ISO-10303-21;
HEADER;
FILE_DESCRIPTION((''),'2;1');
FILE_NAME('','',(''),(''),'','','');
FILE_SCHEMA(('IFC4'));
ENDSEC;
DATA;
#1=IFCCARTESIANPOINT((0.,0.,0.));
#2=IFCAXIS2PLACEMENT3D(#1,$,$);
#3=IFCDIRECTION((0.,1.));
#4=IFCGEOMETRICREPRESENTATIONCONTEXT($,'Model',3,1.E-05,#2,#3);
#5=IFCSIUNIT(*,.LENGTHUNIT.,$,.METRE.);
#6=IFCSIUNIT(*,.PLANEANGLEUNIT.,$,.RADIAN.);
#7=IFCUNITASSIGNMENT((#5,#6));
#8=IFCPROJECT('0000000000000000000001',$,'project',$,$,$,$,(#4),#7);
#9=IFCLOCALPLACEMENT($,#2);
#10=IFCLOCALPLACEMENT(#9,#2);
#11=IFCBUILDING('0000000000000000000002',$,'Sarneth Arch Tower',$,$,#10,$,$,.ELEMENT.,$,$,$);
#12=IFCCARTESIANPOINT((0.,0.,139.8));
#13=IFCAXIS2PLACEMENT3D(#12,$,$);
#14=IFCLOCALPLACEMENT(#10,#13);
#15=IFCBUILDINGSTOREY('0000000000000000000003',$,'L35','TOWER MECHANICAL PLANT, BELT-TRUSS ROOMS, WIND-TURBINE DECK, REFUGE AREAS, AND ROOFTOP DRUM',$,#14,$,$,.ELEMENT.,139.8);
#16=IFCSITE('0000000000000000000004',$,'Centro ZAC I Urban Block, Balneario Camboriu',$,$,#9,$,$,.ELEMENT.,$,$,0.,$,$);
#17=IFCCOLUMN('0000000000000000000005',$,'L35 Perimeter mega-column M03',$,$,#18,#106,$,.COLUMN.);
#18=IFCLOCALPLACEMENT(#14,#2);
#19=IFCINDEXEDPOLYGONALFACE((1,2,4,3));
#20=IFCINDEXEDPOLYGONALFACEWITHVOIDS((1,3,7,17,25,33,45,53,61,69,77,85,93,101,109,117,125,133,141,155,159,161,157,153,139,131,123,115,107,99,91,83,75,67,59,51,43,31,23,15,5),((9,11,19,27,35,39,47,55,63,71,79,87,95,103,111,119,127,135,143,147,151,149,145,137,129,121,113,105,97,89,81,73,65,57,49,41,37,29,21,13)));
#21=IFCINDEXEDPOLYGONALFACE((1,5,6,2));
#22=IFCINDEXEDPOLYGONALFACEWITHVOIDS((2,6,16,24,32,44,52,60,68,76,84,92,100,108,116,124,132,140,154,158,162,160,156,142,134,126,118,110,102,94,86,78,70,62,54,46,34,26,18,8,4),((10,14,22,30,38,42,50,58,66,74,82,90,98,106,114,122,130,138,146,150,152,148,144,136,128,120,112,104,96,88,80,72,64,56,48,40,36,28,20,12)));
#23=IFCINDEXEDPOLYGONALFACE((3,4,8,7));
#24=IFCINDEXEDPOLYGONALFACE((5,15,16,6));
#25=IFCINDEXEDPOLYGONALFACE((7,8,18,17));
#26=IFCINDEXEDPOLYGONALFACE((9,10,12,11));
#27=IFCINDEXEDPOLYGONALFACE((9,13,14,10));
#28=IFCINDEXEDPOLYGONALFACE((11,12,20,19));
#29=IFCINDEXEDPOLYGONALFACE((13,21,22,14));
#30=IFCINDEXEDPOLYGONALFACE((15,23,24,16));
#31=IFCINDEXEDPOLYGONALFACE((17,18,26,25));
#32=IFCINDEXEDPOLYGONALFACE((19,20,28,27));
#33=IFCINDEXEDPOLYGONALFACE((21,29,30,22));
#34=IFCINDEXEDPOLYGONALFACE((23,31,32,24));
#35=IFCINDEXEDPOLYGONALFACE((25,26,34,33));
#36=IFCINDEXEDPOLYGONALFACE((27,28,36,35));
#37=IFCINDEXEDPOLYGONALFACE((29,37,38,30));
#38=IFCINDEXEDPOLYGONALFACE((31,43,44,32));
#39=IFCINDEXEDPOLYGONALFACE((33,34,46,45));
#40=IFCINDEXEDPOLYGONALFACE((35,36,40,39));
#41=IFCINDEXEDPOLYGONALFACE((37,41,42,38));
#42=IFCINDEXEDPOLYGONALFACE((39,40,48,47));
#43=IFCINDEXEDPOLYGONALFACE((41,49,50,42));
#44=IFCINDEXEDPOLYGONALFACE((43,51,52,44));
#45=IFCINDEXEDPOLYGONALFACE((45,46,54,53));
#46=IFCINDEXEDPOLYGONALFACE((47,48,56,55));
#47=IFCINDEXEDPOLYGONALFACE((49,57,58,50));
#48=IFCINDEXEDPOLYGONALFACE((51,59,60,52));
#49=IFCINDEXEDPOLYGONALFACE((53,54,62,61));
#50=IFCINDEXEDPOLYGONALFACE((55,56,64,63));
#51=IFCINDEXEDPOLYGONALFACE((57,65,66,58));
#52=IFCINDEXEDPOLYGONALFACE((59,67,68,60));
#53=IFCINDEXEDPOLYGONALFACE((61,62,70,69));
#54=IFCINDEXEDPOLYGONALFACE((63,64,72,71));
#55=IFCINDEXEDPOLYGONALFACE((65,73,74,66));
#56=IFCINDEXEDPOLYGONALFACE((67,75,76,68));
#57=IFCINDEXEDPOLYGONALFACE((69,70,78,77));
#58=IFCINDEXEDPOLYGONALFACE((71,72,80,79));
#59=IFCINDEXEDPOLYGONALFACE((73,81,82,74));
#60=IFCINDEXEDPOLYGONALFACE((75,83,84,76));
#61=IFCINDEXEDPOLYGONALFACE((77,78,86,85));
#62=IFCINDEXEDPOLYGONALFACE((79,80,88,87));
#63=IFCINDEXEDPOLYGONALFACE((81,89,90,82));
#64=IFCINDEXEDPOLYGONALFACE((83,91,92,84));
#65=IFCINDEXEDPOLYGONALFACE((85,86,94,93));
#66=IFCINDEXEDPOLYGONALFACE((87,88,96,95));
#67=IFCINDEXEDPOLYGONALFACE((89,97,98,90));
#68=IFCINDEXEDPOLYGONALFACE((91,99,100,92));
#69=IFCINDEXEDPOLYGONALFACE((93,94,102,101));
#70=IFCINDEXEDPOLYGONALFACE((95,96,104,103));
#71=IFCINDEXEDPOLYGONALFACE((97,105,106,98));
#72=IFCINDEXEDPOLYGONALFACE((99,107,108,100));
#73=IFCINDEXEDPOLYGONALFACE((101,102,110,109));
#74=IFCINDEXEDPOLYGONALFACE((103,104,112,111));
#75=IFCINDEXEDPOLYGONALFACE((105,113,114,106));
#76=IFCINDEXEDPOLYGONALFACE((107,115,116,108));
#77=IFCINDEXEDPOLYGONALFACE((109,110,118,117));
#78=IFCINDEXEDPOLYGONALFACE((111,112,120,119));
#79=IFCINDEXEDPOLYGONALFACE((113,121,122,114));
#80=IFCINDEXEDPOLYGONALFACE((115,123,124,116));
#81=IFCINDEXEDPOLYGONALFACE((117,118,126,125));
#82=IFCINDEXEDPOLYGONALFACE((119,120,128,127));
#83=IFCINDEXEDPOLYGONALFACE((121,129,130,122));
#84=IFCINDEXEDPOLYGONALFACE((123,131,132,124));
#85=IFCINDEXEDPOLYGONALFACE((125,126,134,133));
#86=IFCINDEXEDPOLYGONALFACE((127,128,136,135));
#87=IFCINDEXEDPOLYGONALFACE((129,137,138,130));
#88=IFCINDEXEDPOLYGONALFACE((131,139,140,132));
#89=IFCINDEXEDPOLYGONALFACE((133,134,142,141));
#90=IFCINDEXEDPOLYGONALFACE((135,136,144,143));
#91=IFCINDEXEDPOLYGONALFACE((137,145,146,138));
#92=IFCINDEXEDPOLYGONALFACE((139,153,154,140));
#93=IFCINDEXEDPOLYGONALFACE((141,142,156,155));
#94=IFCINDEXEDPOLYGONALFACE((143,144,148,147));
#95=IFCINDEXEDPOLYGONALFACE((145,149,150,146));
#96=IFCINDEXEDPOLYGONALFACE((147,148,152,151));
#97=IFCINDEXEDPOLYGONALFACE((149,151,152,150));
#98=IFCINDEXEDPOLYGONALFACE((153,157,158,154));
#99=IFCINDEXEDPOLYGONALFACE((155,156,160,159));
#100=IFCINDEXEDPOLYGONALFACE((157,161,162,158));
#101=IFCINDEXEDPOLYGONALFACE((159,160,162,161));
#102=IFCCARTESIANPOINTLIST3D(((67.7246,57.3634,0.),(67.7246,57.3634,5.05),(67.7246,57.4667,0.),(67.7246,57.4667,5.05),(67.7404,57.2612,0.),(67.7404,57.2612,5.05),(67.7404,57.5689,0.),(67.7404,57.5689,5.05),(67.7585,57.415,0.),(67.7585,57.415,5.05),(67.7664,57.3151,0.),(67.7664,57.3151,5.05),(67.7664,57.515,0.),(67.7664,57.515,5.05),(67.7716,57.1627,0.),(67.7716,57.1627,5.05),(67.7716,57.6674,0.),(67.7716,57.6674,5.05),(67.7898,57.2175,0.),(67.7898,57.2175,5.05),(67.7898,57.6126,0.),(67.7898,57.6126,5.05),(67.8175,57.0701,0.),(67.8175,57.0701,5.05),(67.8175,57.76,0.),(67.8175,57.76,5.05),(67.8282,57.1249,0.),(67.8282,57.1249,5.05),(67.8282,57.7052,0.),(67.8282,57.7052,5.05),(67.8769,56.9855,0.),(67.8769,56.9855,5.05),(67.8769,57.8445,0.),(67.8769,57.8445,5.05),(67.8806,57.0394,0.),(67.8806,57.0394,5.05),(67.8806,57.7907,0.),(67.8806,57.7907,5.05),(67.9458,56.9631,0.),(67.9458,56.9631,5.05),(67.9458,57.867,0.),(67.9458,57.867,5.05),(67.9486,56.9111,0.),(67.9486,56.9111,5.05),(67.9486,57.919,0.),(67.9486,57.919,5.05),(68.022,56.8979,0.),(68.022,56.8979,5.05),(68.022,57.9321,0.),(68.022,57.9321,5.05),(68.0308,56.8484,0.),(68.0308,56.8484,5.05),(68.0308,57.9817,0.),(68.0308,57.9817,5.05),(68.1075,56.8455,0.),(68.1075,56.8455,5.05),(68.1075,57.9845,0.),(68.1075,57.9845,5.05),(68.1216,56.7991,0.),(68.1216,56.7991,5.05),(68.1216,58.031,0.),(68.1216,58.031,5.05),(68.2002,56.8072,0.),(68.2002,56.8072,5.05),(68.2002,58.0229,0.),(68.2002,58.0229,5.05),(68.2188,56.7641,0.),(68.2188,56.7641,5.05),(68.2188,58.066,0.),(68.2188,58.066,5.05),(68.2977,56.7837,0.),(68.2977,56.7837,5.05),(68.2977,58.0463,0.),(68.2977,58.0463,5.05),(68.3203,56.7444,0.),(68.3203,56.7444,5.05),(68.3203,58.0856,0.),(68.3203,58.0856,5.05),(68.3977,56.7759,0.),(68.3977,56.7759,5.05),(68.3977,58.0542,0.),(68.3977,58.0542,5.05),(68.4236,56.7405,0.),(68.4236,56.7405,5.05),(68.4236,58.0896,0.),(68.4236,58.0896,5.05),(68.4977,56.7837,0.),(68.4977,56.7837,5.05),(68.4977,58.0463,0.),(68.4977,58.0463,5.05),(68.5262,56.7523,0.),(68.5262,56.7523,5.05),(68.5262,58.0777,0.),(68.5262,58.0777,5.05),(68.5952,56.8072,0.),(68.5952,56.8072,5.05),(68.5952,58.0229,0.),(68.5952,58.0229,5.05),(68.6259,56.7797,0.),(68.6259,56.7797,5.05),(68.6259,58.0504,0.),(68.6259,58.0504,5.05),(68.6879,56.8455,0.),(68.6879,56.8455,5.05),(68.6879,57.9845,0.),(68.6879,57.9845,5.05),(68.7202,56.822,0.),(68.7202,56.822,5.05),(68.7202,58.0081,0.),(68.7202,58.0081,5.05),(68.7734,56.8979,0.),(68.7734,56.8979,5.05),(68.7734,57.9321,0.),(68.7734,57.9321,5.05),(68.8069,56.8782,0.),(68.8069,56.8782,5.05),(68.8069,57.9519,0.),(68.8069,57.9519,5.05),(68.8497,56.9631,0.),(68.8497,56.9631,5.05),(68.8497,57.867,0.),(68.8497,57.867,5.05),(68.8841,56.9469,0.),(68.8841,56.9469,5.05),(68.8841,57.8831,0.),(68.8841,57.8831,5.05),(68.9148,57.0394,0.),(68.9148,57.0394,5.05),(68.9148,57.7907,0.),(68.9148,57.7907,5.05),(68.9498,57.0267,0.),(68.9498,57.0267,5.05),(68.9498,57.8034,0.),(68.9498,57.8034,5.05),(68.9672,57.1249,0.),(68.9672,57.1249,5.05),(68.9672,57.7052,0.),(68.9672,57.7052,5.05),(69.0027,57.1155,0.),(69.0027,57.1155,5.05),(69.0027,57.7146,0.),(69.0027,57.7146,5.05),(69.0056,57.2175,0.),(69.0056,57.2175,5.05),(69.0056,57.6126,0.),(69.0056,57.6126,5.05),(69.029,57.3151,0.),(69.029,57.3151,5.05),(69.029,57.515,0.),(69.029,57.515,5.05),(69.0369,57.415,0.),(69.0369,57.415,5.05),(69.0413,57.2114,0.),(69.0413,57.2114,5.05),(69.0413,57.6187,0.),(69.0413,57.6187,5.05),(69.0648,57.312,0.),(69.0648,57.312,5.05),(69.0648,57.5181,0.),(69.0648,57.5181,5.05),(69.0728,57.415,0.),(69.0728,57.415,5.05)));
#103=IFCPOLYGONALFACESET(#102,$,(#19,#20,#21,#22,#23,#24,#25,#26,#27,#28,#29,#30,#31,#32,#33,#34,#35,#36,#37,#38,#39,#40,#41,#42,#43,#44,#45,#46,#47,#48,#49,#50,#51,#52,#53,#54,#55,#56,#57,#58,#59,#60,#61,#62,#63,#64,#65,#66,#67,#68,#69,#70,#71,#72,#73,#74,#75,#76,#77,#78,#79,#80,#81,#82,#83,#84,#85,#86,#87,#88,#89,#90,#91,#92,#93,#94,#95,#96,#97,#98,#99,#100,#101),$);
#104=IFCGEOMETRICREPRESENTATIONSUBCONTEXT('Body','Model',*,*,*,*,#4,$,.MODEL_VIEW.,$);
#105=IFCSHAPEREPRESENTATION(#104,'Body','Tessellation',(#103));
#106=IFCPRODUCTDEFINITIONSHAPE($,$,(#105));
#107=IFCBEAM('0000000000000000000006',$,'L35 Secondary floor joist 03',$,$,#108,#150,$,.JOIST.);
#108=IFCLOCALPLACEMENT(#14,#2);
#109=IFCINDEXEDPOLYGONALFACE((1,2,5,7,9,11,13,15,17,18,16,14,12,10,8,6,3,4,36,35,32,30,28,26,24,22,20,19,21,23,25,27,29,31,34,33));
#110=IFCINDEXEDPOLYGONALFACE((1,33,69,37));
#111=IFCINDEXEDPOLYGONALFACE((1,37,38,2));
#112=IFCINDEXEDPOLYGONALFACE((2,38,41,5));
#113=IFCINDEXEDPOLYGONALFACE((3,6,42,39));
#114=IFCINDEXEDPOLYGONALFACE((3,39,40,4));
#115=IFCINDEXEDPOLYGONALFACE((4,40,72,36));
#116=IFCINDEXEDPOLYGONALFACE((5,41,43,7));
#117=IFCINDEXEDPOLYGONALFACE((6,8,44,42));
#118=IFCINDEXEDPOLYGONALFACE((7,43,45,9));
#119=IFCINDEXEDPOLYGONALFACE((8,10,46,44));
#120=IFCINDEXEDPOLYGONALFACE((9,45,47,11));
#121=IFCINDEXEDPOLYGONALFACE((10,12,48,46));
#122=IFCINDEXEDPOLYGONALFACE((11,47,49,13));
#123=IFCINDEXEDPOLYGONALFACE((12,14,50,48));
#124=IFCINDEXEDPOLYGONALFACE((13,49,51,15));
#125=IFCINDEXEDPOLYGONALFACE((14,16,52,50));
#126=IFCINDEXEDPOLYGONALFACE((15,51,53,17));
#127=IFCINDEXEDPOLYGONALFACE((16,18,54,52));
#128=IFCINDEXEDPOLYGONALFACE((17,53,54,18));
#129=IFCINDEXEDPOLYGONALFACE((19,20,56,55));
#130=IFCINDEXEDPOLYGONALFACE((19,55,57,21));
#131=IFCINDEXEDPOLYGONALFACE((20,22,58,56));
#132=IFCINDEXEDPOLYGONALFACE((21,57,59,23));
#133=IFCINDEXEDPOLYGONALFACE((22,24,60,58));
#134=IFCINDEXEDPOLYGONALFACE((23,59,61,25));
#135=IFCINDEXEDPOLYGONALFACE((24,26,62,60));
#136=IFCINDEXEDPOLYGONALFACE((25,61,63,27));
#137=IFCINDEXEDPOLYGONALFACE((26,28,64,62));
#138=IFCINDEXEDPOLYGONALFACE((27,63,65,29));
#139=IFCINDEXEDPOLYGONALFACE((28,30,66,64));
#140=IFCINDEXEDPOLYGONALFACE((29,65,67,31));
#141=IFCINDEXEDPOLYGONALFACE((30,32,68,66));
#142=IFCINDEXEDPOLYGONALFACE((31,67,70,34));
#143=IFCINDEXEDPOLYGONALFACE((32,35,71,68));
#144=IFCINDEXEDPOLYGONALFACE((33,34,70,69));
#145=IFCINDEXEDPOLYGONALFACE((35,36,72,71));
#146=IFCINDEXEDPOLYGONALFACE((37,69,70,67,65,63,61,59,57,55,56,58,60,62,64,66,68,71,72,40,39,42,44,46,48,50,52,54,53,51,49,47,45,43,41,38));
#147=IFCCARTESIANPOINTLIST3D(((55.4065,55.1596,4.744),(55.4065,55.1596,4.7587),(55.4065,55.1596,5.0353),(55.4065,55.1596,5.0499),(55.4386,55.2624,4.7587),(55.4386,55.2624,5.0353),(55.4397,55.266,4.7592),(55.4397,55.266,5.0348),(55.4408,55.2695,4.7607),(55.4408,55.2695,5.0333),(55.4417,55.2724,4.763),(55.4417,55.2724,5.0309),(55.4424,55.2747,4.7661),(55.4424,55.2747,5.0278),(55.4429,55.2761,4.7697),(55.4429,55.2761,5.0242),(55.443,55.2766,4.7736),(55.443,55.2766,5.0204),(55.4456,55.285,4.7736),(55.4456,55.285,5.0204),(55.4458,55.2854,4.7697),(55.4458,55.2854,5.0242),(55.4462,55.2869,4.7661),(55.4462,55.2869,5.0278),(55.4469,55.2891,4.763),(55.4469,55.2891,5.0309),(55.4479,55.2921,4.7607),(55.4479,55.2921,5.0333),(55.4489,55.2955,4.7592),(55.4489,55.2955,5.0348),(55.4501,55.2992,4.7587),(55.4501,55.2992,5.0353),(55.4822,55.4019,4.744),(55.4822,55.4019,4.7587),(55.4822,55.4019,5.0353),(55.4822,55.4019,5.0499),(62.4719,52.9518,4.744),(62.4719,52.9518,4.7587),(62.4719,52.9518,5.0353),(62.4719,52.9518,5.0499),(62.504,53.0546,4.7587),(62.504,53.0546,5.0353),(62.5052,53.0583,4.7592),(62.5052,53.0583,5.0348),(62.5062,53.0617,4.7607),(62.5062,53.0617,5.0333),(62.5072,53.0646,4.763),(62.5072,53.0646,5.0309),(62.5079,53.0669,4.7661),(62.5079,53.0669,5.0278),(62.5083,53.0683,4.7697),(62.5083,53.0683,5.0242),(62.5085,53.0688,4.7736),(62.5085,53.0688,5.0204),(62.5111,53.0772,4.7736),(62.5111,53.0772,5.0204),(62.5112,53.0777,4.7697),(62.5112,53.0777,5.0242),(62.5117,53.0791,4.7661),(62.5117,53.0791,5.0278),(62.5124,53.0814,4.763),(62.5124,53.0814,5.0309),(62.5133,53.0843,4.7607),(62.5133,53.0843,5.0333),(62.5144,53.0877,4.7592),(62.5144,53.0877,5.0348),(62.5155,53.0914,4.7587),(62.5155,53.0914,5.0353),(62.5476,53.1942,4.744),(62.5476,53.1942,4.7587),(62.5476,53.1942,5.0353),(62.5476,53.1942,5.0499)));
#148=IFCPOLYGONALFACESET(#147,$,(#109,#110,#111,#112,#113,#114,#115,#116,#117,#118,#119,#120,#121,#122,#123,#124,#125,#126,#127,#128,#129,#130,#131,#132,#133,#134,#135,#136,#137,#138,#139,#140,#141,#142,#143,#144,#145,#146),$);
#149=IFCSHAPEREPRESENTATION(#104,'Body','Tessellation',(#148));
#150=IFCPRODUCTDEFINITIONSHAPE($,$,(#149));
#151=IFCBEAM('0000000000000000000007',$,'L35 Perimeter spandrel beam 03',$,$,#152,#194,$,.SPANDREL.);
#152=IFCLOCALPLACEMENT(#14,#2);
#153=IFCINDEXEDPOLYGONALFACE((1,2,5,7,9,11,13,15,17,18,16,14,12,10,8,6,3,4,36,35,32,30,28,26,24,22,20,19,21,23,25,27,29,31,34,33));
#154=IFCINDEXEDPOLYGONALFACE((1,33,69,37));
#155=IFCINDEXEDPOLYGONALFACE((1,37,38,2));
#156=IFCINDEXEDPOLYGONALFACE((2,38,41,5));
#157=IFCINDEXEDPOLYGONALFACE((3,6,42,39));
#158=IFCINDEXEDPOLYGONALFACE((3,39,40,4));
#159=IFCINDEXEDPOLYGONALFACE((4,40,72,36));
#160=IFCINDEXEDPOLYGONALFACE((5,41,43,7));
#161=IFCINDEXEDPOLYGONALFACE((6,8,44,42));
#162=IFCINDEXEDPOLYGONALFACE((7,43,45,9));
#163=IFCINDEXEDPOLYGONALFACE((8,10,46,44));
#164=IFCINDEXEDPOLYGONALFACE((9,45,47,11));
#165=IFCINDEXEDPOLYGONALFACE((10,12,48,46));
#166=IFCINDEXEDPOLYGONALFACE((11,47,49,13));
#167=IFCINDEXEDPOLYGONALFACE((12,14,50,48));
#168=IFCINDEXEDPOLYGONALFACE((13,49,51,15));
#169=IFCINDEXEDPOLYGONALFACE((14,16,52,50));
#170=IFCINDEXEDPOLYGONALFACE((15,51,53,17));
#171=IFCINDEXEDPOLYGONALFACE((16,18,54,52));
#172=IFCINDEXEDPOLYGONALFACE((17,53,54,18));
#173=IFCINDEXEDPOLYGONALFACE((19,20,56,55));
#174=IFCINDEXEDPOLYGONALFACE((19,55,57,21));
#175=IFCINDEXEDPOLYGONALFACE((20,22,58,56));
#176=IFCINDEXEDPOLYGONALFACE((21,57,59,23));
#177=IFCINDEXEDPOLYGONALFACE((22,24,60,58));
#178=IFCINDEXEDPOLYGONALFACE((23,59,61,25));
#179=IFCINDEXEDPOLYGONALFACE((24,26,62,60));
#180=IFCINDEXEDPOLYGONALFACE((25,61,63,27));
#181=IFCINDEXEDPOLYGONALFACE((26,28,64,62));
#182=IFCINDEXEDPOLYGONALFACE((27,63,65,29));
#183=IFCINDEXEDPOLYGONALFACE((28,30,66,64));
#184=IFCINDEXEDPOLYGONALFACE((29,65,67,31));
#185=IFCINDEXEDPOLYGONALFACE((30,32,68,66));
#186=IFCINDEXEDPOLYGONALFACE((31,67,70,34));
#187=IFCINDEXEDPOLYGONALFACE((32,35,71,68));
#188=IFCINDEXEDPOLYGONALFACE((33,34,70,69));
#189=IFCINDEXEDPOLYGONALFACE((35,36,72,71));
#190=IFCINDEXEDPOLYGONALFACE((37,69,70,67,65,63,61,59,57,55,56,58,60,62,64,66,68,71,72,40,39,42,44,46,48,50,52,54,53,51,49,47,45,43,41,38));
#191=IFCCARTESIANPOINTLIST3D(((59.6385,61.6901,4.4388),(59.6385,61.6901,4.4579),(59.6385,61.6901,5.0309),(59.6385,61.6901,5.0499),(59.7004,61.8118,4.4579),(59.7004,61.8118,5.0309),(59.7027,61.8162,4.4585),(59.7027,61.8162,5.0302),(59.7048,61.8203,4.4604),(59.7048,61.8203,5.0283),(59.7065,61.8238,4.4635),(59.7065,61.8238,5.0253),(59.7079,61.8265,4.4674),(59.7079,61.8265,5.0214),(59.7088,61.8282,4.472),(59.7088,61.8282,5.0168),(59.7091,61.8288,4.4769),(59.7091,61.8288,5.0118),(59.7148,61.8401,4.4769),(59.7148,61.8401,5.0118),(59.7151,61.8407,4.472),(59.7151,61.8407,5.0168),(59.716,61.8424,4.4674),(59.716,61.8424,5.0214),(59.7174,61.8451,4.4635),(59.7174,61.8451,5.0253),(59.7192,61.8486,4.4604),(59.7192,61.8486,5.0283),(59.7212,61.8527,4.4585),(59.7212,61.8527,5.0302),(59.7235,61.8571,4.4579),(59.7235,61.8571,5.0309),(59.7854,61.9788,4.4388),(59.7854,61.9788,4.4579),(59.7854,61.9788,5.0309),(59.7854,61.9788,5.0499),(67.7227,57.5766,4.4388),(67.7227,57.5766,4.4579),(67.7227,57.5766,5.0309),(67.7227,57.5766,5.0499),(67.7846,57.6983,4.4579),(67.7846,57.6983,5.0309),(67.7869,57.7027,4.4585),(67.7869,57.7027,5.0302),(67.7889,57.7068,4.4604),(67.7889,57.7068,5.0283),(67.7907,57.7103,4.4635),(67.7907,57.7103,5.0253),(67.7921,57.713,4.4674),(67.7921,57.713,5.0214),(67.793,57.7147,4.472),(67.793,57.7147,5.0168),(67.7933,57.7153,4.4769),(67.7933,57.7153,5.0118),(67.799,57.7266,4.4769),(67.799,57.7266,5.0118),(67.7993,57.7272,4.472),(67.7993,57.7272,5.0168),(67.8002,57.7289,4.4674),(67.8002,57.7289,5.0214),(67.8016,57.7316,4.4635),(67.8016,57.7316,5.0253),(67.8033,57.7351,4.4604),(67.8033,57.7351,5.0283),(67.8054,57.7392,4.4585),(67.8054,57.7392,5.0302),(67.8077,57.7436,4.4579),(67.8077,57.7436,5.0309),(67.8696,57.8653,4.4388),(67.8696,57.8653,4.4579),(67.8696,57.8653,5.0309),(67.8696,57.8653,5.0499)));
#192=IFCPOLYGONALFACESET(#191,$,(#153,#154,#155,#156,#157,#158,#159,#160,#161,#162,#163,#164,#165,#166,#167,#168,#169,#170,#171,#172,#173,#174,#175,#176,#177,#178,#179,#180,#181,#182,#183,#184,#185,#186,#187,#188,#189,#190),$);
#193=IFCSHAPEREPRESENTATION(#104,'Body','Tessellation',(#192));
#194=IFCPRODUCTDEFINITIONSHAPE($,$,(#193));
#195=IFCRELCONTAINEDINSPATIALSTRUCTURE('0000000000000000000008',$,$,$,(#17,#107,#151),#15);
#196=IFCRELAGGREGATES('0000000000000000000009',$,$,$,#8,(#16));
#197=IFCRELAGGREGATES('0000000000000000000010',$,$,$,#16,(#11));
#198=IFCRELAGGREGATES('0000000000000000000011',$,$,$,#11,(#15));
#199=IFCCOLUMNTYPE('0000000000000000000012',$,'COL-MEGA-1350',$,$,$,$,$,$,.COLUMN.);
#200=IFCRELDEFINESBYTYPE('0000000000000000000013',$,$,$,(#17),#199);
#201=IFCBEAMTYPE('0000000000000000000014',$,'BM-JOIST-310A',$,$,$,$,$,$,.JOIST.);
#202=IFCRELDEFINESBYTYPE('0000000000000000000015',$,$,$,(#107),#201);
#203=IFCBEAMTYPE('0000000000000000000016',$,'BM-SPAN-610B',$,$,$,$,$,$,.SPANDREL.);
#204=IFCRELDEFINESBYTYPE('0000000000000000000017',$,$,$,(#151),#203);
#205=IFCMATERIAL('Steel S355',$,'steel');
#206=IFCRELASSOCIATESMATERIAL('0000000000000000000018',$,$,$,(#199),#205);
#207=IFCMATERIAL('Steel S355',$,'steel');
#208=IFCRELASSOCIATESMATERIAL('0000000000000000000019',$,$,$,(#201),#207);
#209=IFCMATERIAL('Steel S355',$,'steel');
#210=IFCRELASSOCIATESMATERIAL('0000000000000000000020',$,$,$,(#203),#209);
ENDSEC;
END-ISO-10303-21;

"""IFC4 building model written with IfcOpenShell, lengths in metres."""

from ifc_helpers import new_model, si_unit, direction, frame, origin, origin_2d, place, context, subcontext, project, spatial, hollow_circle, i_section, extrude, material, material_profile, profile_set, type_object, element, save


model = new_model("IFC4")

# Units and contexts
model_context = context("Model", 3, precision=1e-05, world=origin(), true_north=direction((0.0, 1.0)))
body_context = subcontext(model_context, "Body", "Model", "MODEL_VIEW")
ifc_project = project(units=[si_unit("LENGTHUNIT", "METRE"), si_unit("PLANEANGLEUNIT", "RADIAN")], contexts=[model_context])

# Site, building, storey
site_placement = place(None, origin())
site = spatial("IfcSite", under=ifc_project, at=site_placement, Name="Centro ZAC I Urban Block, Balneario Camboriu", CompositionType="ELEMENT", RefElevation=0.0)
building_placement = place(site_placement, origin())
building = spatial("IfcBuilding", under=site, at=building_placement, Name="Sarneth Arch Tower", CompositionType="ELEMENT")
storey_placement = place(building_placement, frame((0.0, 0.0, 139.8)))
storey = spatial("IfcBuildingStorey", under=building, at=storey_placement, Name="L35", Description="TOWER MECHANICAL PLANT, BELT-TRUSS ROOMS, WIND-TURBINE DECK, REFUGE AREAS, AND ROOFTOP DRUM", CompositionType="ELEMENT", Elevation=139.8)

# Column
ifc_material_1 = material(Name="Steel S355", Category="steel")
ifc_material_profile_1 = material_profile(ifc_material_1, hollow_circle(Radius=0.675, WallThickness=0.0359, at=origin_2d()), Name="CHS1350x36")
ifc_profile_set_1 = profile_set([ifc_material_profile_1], Name="Steel S355")
column_type = type_object("IfcColumnType", Name="COL-MEGA-1350", PredefinedType="COLUMN", material=ifc_profile_set_1)
column_placement = place(storey_placement, frame((68.3977, 57.415, 0.0), z_axis=(0.0, 0.0, 1.0), x_axis=(1.0, 0.0, 0.0)))
element("IfcColumn", 1, at=column_placement, inside=storey, type_object=column_type, Name="L35 Perimeter mega-column M03", PredefinedType="COLUMN", context=body_context, shape_type="SweptSolid", body=[
    extrude(hollow_circle(Radius=0.675, WallThickness=0.0359, at=origin_2d()), origin(), (0.0, 0.0, 1.0), 5.05),
])

# Beams
ifc_material_2 = material(Name="Steel S355", Category="steel")
ifc_material_profile_2 = material_profile(ifc_material_2, i_section(OverallWidth=0.2539, OverallDepth=0.3059, WebThickness=0.0088, FlangeThickness=0.0146, FilletRadius=0.0149, at=origin_2d()), Name="W310x79")
ifc_profile_set_2 = profile_set([ifc_material_profile_2], Name="Steel S355")
beam_type_1 = type_object("IfcBeamType", Name="BM-JOIST-310A", PredefinedType="JOIST", material=ifc_profile_set_2)
beam_1_placement = place(storey_placement, frame((62.5098, 53.073, 4.897), z_axis=(-0.954487, 0.298252, 0.0), x_axis=(-0.298252, -0.954487, 0.0)))
element("IfcBeam", 2, at=beam_1_placement, inside=storey, type_object=beam_type_1, Name="L35 Secondary floor joist 03", PredefinedType="JOIST", context=body_context, shape_type="SweptSolid", body=[
    extrude(i_section(OverallWidth=0.2539, OverallDepth=0.3059, WebThickness=0.0088, FlangeThickness=0.0146, FilletRadius=0.0149, at=origin_2d()), origin(), (0.0, 0.0, 1.0), 7.4023),
])
ifc_material_3 = material(Name="Steel S355", Category="steel")
ifc_material_profile_3 = material_profile(ifc_material_3, i_section(OverallWidth=0.324, OverallDepth=0.6111, WebThickness=0.0127, FlangeThickness=0.019, FilletRadius=0.019, at=origin_2d()), Name="W610x155")
ifc_profile_set_3 = profile_set([ifc_material_profile_3], Name="Steel S355")
beam_type_2 = type_object("IfcBeamType", Name="BM-SPAN-610B", PredefinedType="SPANDREL", material=ifc_profile_set_3)
beam_2_placement = place(storey_placement, frame((67.7961, 57.7209, 4.7444), z_axis=(-0.891256, 0.453501, 0.0), x_axis=(-0.453501, -0.891256, 0.0)))
element("IfcBeam", 3, at=beam_2_placement, inside=storey, type_object=beam_type_2, Name="L35 Perimeter spandrel beam 03", PredefinedType="SPANDREL", context=body_context, shape_type="SweptSolid", body=[
    extrude(i_section(OverallWidth=0.324, OverallDepth=0.6111, WebThickness=0.0127, FlangeThickness=0.019, FilletRadius=0.019, at=origin_2d()), origin(), (0.0, 0.0, 1.0), 9.0706),
])

save(model, "model.ifc")
